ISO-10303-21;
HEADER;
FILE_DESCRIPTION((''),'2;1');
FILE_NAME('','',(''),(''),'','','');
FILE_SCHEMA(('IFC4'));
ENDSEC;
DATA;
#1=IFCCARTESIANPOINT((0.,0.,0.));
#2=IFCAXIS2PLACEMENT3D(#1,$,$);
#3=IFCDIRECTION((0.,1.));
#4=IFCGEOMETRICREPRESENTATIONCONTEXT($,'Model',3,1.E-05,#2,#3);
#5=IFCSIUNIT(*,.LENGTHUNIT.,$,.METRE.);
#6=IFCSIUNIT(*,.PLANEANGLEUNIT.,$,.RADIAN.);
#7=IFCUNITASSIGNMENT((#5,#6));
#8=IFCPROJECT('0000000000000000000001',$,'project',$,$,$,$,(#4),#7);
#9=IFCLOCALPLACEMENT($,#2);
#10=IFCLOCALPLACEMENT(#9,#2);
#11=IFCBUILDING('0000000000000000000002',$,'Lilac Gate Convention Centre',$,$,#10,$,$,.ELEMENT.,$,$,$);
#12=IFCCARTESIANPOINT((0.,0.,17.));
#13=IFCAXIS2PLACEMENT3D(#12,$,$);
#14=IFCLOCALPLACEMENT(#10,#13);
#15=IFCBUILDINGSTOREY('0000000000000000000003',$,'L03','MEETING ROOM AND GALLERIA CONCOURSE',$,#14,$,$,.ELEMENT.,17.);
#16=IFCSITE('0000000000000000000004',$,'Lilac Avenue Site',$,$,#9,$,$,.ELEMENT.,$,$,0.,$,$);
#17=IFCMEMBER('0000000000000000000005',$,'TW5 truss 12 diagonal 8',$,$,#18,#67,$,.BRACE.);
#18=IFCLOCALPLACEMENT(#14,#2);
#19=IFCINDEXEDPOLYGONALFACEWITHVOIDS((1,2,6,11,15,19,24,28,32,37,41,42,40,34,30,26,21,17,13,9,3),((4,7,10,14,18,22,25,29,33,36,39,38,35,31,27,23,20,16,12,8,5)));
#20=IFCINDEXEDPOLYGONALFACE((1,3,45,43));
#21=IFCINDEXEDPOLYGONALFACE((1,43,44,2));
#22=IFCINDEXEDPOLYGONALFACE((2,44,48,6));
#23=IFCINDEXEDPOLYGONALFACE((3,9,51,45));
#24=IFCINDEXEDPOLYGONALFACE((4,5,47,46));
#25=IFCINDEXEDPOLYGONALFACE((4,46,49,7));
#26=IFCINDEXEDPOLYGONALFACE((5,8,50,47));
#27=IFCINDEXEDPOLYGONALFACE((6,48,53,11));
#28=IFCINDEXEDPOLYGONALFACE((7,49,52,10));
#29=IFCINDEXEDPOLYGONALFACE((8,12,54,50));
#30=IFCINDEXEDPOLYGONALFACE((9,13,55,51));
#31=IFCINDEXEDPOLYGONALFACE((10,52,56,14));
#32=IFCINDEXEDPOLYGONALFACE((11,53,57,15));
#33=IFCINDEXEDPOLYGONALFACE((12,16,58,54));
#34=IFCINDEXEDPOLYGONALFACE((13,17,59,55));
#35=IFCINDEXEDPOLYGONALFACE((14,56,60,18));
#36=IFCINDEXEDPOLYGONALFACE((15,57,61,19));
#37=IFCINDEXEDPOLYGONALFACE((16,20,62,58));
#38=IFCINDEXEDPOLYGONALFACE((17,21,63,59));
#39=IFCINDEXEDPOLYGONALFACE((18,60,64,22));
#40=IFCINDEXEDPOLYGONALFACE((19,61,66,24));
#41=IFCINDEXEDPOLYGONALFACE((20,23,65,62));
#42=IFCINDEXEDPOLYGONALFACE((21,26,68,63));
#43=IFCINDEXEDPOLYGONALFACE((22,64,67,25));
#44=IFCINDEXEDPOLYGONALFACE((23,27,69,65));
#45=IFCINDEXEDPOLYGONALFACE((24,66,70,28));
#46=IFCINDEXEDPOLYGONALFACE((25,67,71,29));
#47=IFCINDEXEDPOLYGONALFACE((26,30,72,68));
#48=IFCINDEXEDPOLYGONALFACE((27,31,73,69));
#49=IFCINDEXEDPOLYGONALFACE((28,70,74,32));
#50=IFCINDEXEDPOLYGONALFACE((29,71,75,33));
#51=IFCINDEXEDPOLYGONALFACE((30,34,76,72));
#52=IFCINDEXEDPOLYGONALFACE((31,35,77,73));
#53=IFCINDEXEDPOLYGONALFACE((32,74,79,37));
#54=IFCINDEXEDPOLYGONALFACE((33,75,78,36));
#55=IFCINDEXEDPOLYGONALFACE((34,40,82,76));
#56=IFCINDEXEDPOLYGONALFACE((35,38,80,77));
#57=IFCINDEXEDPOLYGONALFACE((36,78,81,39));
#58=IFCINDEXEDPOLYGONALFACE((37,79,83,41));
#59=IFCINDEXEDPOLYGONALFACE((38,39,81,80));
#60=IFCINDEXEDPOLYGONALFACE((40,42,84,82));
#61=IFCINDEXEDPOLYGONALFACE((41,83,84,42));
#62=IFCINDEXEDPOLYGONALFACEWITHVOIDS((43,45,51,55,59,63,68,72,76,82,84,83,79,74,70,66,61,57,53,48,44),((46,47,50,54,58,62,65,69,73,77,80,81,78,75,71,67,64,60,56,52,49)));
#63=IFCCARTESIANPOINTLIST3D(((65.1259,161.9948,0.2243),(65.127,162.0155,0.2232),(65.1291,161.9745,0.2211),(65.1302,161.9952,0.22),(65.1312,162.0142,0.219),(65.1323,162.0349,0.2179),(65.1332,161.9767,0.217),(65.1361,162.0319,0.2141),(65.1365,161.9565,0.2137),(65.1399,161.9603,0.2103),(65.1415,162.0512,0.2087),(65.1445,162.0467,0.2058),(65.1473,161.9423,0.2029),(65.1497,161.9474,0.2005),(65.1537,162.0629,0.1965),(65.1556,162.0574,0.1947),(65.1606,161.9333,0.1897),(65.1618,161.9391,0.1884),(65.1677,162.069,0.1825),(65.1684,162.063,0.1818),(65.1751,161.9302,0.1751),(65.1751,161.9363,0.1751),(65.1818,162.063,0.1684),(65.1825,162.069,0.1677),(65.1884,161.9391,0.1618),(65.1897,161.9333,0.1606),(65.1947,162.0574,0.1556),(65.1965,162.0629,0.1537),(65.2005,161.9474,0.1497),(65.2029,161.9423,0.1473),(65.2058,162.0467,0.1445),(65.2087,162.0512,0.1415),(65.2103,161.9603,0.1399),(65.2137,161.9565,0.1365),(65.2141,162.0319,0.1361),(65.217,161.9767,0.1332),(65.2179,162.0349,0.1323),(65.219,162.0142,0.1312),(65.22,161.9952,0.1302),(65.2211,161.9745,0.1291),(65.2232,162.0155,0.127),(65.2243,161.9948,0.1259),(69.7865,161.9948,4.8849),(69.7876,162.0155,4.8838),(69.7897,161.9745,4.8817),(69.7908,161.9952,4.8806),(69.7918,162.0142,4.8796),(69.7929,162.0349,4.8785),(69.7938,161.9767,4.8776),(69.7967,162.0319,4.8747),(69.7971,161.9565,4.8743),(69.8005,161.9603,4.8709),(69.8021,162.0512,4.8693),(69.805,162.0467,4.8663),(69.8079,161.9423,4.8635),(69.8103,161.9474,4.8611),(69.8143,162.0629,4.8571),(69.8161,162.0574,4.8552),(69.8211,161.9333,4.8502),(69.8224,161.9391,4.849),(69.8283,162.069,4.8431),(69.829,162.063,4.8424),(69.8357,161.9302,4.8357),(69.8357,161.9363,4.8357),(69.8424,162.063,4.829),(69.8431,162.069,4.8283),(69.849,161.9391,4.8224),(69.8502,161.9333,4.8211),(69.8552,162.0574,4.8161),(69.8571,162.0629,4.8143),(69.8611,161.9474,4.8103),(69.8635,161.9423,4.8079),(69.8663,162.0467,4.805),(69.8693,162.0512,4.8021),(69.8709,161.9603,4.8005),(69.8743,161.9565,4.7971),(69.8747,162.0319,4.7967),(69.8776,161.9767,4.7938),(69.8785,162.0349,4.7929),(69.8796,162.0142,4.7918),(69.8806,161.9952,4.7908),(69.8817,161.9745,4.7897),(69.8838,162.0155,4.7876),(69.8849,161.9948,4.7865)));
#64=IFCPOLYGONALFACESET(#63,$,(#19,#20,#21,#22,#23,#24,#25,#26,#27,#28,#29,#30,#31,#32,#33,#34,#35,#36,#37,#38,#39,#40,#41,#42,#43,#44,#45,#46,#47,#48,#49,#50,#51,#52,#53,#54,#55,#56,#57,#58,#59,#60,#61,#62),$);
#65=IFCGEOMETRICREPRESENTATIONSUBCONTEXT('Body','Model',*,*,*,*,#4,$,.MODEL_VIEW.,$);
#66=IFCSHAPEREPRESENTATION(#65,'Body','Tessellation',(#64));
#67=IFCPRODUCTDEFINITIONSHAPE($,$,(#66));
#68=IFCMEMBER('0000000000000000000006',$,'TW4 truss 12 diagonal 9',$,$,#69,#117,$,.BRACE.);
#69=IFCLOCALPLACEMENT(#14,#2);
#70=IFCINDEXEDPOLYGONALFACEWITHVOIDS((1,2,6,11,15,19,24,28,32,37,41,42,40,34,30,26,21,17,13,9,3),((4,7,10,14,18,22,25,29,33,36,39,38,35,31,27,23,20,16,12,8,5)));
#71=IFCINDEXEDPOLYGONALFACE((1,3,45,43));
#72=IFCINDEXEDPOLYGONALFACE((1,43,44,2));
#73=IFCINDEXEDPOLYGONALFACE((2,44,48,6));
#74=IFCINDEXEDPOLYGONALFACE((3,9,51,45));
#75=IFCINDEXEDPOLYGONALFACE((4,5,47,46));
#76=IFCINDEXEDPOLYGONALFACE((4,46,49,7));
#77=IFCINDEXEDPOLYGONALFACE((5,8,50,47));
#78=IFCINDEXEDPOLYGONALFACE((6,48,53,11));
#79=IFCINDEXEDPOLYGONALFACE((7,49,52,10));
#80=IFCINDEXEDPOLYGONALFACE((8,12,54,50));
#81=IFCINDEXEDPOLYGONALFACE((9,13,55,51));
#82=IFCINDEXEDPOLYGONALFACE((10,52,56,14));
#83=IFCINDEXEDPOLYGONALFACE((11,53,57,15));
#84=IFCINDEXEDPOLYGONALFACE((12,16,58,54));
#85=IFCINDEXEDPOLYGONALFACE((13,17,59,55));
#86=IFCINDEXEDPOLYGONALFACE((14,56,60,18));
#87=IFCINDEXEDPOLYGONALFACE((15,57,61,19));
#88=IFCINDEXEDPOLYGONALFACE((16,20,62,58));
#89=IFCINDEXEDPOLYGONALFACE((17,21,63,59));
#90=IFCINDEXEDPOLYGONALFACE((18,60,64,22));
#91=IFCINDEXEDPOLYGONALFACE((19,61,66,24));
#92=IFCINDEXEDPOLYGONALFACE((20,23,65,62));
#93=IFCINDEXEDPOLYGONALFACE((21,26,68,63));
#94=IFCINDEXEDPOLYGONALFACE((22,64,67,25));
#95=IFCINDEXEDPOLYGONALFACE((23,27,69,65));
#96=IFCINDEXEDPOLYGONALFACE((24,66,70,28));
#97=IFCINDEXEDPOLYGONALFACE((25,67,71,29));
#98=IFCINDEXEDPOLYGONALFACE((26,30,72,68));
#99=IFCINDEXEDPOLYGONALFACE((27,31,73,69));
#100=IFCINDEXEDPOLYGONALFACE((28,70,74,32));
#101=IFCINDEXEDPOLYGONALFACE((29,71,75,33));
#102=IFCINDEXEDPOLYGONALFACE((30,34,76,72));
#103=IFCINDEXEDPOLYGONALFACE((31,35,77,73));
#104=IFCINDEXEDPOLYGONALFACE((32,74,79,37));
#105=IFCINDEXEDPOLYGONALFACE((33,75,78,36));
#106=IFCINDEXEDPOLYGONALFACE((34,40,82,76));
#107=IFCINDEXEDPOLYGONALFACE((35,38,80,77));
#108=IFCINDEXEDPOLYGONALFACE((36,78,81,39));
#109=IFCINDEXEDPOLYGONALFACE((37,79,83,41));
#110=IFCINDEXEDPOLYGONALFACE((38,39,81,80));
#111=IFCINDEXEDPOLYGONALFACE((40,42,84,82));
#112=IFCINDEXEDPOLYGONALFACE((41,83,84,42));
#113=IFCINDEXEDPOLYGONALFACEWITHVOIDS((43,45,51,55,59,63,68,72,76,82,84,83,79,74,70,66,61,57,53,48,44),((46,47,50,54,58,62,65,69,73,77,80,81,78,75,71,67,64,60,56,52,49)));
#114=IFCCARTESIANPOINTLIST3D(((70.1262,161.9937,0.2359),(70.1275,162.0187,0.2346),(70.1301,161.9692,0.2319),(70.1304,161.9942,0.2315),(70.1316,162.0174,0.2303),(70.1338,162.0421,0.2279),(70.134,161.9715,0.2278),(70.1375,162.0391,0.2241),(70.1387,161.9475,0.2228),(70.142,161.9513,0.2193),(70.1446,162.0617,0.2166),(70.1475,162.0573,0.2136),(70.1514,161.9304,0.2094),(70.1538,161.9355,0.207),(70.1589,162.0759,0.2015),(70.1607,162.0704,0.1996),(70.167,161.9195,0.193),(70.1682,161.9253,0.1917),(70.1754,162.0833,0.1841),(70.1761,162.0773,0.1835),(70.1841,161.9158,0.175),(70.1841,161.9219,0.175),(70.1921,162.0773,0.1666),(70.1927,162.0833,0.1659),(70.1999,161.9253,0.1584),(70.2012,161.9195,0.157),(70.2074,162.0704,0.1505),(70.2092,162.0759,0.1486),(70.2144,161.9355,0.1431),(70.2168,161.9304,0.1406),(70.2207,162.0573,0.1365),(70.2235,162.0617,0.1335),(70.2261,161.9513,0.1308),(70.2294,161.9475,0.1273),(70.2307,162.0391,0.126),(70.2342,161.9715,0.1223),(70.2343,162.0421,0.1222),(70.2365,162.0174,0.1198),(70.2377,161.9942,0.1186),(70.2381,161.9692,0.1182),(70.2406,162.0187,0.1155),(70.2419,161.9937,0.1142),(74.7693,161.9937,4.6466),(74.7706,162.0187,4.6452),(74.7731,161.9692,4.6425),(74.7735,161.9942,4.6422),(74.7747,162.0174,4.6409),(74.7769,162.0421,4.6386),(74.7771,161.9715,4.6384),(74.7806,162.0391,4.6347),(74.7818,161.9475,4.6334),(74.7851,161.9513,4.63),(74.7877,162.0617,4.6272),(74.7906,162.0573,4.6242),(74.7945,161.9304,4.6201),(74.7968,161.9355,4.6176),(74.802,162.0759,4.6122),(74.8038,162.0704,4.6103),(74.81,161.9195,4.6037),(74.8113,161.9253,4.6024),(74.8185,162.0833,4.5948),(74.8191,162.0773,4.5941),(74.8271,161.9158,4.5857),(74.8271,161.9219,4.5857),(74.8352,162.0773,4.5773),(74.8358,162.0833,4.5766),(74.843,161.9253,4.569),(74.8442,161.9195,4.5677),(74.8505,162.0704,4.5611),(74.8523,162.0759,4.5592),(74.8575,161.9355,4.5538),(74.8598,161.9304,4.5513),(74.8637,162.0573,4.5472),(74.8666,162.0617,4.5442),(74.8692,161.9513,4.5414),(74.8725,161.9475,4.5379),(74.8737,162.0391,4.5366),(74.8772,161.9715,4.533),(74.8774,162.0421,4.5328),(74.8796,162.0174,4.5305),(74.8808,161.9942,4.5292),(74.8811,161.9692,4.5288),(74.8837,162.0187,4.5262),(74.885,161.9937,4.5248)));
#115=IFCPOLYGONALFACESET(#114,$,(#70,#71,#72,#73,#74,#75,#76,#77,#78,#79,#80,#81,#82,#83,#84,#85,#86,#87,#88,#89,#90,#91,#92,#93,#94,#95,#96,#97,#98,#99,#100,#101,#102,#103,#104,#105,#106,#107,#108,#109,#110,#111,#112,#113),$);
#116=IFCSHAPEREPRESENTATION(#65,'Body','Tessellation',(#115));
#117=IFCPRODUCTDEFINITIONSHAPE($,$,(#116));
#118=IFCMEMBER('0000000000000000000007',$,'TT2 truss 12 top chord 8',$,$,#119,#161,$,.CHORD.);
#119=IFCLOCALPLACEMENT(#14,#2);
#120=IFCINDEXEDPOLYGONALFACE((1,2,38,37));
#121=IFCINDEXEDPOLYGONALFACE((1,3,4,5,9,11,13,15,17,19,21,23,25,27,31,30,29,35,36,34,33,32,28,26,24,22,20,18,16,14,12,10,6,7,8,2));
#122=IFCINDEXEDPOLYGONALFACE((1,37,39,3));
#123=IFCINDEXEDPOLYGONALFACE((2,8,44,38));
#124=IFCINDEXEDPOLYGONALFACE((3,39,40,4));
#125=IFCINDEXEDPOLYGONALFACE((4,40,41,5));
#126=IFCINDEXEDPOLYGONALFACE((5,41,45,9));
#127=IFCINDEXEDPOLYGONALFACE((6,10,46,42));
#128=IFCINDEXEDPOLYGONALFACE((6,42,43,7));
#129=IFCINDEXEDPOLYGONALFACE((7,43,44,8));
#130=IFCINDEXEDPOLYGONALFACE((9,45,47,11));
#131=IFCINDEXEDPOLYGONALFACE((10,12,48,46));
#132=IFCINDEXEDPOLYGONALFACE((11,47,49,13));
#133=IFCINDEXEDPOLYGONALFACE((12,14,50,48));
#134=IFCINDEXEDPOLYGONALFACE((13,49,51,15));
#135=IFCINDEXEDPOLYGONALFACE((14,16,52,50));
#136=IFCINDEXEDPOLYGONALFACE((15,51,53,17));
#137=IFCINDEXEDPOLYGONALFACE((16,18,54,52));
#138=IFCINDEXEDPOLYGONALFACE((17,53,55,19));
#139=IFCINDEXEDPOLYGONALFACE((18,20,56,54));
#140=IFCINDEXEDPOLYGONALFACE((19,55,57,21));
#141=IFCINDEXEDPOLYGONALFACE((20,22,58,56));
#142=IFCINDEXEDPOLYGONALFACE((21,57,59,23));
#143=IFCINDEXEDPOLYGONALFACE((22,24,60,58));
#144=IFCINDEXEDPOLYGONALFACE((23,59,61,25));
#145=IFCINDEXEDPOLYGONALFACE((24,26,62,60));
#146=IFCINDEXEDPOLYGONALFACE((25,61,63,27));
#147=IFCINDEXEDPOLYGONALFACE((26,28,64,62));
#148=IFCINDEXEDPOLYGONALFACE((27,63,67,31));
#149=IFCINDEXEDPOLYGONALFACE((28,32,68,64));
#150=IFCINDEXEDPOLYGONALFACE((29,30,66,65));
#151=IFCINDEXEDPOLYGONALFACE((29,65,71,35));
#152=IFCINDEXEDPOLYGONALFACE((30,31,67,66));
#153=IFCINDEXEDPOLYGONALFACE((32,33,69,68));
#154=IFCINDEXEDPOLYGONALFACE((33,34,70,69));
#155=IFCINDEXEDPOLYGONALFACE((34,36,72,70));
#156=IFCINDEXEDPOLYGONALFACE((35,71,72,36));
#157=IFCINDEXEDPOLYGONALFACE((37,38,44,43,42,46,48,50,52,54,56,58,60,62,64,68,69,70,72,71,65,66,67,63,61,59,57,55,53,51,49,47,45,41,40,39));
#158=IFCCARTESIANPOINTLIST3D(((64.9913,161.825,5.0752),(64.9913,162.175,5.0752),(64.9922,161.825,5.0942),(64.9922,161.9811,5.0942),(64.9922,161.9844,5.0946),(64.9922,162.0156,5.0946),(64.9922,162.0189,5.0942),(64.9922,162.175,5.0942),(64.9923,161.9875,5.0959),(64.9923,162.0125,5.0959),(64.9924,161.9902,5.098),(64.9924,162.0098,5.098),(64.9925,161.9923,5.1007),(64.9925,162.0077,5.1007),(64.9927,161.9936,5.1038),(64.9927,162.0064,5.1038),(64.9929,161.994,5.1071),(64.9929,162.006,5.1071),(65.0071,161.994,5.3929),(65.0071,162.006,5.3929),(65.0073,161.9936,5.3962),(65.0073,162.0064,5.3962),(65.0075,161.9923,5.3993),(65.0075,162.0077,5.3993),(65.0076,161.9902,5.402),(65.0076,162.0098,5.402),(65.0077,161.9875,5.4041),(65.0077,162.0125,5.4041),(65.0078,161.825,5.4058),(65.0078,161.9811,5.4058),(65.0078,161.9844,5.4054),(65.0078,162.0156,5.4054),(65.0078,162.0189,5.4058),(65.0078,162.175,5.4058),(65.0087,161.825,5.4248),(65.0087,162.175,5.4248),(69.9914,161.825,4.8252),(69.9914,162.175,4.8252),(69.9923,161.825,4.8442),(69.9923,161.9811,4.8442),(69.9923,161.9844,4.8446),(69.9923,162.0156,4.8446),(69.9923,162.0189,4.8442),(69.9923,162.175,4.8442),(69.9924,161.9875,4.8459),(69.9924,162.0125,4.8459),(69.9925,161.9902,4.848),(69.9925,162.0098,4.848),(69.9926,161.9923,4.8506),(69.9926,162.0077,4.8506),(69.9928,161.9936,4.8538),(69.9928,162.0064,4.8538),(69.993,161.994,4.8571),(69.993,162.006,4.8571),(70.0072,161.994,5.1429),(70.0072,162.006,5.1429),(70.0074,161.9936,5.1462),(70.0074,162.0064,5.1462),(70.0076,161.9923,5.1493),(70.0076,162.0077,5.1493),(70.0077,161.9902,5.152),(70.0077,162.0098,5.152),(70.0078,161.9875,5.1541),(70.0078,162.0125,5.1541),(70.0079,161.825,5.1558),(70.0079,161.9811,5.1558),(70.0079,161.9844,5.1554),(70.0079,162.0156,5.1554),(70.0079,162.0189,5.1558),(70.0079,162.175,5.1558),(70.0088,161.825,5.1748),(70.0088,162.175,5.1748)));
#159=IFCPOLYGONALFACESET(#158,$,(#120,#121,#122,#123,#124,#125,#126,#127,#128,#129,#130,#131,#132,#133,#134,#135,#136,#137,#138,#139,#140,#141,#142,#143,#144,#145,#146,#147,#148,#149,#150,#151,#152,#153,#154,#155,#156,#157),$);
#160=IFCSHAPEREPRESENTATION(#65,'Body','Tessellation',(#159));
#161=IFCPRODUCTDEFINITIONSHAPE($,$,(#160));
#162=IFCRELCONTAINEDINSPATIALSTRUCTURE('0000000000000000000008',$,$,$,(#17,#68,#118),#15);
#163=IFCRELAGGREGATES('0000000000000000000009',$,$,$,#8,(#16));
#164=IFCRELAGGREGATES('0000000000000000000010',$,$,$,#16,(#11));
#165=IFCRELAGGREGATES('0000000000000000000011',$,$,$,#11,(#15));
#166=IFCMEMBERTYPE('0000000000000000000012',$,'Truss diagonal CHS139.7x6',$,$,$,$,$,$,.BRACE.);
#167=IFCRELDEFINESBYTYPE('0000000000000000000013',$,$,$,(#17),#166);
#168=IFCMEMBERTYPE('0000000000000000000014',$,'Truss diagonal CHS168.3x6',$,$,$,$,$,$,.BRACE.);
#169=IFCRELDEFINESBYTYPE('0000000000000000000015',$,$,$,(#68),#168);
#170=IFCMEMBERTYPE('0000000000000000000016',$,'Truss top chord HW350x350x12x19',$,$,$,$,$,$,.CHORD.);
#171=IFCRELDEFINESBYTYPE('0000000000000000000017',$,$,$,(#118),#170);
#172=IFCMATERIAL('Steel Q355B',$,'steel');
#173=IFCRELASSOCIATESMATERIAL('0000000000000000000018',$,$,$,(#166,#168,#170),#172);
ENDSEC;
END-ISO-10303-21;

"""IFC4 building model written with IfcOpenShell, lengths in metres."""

from ifc_helpers import new_model, si_unit, direction, frame, origin, origin_2d, place, context, subcontext, project, spatial, hollow_circle, i_section, extrude, material, material_profile, profile_set, type_object, element, save


model = new_model("IFC4")

# Units and contexts
model_context = context("Model", 3, precision=1e-05, world=origin(), true_north=direction((0.0, 1.0)))
body_context = subcontext(model_context, "Body", "Model", "MODEL_VIEW")
ifc_project = project(units=[si_unit("LENGTHUNIT", "METRE"), si_unit("PLANEANGLEUNIT", "RADIAN")], contexts=[model_context])

# Site, building, storey
site_placement = place(None, origin())
site = spatial("IfcSite", under=ifc_project, at=site_placement, Name="Lilac Avenue Site", CompositionType="ELEMENT", RefElevation=0.0)
building_placement = place(site_placement, origin())
building = spatial("IfcBuilding", under=site, at=building_placement, Name="Lilac Gate Convention Centre", CompositionType="ELEMENT")
storey_placement = place(building_placement, frame((0.0, 0.0, 17.0)))
storey = spatial("IfcBuildingStorey", under=building, at=storey_placement, Name="L03", Description="MEETING ROOM AND GALLERIA CONCOURSE", CompositionType="ELEMENT", Elevation=17.0)

# Members
ifc_material = material(Name="Steel Q355B", Category="steel")
ifc_material_profile_1 = material_profile(ifc_material, hollow_circle(Radius=0.0698, WallThickness=0.0061, at=origin_2d()), Name="CHS139.7x6")
ifc_profile_set_1 = profile_set([ifc_material_profile_1], Name="Steel Q355B")
member_type_1 = type_object("IfcMemberType", Name="Truss diagonal CHS139.7x6", PredefinedType="BRACE", material=ifc_profile_set_1)
member_1_placement = place(storey_placement, frame((69.8357, 162.0, 4.8357), z_axis=(-0.707107, 0.0, -0.707107), x_axis=(0.0, -1.0, 0.0)))
element("IfcMember", 1, at=member_1_placement, inside=storey, type_object=member_type_1, Name="TW5 truss 12 diagonal 8", PredefinedType="BRACE", context=body_context, shape_type="SweptSolid", body=[
    extrude(hollow_circle(Radius=0.0698, WallThickness=0.0061, at=origin_2d()), origin(), (0.0, 0.0, 1.0), 6.5911),
])
ifc_material_profile_2 = material_profile(ifc_material, hollow_circle(Radius=0.0842, WallThickness=0.0061, at=origin_2d()), Name="CHS168.3x6")
ifc_profile_set_2 = profile_set([ifc_material_profile_2], Name="Steel Q355B")
member_type_2 = type_object("IfcMemberType", Name="Truss diagonal CHS168.3x6", PredefinedType="BRACE", material=ifc_profile_set_2)
member_2_placement = place(storey_placement, frame((74.8271, 162.0, 4.5857), z_axis=(-0.72502, 0.0, -0.688727), x_axis=(0.0, -1.0, 0.0)))
element("IfcMember", 2, at=member_2_placement, inside=storey, type_object=member_type_2, Name="TW4 truss 12 diagonal 9", PredefinedType="BRACE", context=body_context, shape_type="SweptSolid", body=[
    extrude(hollow_circle(Radius=0.0842, WallThickness=0.0061, at=origin_2d()), origin(), (0.0, 0.0, 1.0), 6.4041),
])
ifc_material_profile_3 = material_profile(ifc_material, i_section(OverallWidth=0.3501, OverallDepth=0.3501, WebThickness=0.012, FlangeThickness=0.019, FilletRadius=0.0129, at=origin_2d()), Name="HW350x350x12x19")
ifc_profile_set_3 = profile_set([ifc_material_profile_3], Name="Steel Q355B")
member_type_3 = type_object("IfcMemberType", Name="Truss top chord HW350x350x12x19", PredefinedType="CHORD", material=ifc_profile_set_3)
for number, where, z_axis, x_axis, name in (
    (3, (65.0, 162.0, 5.25), (0.998752, 0.0, -0.049938), (0.0, 1.0, 0.0), "TT2 truss 12 top chord 8"),
):
    element("IfcMember", number, at=place(storey_placement, frame(where, z_axis=z_axis, x_axis=x_axis)), inside=storey, type_object=member_type_3, Name=name, PredefinedType="CHORD", context=body_context, shape_type="SweptSolid", body=[
        extrude(i_section(OverallWidth=0.3501, OverallDepth=0.3501, WebThickness=0.012, FlangeThickness=0.019, FilletRadius=0.0129, at=origin_2d()), origin(), (0.0, 0.0, 1.0), 5.0063),
    ])

save(model, "model.ifc")
